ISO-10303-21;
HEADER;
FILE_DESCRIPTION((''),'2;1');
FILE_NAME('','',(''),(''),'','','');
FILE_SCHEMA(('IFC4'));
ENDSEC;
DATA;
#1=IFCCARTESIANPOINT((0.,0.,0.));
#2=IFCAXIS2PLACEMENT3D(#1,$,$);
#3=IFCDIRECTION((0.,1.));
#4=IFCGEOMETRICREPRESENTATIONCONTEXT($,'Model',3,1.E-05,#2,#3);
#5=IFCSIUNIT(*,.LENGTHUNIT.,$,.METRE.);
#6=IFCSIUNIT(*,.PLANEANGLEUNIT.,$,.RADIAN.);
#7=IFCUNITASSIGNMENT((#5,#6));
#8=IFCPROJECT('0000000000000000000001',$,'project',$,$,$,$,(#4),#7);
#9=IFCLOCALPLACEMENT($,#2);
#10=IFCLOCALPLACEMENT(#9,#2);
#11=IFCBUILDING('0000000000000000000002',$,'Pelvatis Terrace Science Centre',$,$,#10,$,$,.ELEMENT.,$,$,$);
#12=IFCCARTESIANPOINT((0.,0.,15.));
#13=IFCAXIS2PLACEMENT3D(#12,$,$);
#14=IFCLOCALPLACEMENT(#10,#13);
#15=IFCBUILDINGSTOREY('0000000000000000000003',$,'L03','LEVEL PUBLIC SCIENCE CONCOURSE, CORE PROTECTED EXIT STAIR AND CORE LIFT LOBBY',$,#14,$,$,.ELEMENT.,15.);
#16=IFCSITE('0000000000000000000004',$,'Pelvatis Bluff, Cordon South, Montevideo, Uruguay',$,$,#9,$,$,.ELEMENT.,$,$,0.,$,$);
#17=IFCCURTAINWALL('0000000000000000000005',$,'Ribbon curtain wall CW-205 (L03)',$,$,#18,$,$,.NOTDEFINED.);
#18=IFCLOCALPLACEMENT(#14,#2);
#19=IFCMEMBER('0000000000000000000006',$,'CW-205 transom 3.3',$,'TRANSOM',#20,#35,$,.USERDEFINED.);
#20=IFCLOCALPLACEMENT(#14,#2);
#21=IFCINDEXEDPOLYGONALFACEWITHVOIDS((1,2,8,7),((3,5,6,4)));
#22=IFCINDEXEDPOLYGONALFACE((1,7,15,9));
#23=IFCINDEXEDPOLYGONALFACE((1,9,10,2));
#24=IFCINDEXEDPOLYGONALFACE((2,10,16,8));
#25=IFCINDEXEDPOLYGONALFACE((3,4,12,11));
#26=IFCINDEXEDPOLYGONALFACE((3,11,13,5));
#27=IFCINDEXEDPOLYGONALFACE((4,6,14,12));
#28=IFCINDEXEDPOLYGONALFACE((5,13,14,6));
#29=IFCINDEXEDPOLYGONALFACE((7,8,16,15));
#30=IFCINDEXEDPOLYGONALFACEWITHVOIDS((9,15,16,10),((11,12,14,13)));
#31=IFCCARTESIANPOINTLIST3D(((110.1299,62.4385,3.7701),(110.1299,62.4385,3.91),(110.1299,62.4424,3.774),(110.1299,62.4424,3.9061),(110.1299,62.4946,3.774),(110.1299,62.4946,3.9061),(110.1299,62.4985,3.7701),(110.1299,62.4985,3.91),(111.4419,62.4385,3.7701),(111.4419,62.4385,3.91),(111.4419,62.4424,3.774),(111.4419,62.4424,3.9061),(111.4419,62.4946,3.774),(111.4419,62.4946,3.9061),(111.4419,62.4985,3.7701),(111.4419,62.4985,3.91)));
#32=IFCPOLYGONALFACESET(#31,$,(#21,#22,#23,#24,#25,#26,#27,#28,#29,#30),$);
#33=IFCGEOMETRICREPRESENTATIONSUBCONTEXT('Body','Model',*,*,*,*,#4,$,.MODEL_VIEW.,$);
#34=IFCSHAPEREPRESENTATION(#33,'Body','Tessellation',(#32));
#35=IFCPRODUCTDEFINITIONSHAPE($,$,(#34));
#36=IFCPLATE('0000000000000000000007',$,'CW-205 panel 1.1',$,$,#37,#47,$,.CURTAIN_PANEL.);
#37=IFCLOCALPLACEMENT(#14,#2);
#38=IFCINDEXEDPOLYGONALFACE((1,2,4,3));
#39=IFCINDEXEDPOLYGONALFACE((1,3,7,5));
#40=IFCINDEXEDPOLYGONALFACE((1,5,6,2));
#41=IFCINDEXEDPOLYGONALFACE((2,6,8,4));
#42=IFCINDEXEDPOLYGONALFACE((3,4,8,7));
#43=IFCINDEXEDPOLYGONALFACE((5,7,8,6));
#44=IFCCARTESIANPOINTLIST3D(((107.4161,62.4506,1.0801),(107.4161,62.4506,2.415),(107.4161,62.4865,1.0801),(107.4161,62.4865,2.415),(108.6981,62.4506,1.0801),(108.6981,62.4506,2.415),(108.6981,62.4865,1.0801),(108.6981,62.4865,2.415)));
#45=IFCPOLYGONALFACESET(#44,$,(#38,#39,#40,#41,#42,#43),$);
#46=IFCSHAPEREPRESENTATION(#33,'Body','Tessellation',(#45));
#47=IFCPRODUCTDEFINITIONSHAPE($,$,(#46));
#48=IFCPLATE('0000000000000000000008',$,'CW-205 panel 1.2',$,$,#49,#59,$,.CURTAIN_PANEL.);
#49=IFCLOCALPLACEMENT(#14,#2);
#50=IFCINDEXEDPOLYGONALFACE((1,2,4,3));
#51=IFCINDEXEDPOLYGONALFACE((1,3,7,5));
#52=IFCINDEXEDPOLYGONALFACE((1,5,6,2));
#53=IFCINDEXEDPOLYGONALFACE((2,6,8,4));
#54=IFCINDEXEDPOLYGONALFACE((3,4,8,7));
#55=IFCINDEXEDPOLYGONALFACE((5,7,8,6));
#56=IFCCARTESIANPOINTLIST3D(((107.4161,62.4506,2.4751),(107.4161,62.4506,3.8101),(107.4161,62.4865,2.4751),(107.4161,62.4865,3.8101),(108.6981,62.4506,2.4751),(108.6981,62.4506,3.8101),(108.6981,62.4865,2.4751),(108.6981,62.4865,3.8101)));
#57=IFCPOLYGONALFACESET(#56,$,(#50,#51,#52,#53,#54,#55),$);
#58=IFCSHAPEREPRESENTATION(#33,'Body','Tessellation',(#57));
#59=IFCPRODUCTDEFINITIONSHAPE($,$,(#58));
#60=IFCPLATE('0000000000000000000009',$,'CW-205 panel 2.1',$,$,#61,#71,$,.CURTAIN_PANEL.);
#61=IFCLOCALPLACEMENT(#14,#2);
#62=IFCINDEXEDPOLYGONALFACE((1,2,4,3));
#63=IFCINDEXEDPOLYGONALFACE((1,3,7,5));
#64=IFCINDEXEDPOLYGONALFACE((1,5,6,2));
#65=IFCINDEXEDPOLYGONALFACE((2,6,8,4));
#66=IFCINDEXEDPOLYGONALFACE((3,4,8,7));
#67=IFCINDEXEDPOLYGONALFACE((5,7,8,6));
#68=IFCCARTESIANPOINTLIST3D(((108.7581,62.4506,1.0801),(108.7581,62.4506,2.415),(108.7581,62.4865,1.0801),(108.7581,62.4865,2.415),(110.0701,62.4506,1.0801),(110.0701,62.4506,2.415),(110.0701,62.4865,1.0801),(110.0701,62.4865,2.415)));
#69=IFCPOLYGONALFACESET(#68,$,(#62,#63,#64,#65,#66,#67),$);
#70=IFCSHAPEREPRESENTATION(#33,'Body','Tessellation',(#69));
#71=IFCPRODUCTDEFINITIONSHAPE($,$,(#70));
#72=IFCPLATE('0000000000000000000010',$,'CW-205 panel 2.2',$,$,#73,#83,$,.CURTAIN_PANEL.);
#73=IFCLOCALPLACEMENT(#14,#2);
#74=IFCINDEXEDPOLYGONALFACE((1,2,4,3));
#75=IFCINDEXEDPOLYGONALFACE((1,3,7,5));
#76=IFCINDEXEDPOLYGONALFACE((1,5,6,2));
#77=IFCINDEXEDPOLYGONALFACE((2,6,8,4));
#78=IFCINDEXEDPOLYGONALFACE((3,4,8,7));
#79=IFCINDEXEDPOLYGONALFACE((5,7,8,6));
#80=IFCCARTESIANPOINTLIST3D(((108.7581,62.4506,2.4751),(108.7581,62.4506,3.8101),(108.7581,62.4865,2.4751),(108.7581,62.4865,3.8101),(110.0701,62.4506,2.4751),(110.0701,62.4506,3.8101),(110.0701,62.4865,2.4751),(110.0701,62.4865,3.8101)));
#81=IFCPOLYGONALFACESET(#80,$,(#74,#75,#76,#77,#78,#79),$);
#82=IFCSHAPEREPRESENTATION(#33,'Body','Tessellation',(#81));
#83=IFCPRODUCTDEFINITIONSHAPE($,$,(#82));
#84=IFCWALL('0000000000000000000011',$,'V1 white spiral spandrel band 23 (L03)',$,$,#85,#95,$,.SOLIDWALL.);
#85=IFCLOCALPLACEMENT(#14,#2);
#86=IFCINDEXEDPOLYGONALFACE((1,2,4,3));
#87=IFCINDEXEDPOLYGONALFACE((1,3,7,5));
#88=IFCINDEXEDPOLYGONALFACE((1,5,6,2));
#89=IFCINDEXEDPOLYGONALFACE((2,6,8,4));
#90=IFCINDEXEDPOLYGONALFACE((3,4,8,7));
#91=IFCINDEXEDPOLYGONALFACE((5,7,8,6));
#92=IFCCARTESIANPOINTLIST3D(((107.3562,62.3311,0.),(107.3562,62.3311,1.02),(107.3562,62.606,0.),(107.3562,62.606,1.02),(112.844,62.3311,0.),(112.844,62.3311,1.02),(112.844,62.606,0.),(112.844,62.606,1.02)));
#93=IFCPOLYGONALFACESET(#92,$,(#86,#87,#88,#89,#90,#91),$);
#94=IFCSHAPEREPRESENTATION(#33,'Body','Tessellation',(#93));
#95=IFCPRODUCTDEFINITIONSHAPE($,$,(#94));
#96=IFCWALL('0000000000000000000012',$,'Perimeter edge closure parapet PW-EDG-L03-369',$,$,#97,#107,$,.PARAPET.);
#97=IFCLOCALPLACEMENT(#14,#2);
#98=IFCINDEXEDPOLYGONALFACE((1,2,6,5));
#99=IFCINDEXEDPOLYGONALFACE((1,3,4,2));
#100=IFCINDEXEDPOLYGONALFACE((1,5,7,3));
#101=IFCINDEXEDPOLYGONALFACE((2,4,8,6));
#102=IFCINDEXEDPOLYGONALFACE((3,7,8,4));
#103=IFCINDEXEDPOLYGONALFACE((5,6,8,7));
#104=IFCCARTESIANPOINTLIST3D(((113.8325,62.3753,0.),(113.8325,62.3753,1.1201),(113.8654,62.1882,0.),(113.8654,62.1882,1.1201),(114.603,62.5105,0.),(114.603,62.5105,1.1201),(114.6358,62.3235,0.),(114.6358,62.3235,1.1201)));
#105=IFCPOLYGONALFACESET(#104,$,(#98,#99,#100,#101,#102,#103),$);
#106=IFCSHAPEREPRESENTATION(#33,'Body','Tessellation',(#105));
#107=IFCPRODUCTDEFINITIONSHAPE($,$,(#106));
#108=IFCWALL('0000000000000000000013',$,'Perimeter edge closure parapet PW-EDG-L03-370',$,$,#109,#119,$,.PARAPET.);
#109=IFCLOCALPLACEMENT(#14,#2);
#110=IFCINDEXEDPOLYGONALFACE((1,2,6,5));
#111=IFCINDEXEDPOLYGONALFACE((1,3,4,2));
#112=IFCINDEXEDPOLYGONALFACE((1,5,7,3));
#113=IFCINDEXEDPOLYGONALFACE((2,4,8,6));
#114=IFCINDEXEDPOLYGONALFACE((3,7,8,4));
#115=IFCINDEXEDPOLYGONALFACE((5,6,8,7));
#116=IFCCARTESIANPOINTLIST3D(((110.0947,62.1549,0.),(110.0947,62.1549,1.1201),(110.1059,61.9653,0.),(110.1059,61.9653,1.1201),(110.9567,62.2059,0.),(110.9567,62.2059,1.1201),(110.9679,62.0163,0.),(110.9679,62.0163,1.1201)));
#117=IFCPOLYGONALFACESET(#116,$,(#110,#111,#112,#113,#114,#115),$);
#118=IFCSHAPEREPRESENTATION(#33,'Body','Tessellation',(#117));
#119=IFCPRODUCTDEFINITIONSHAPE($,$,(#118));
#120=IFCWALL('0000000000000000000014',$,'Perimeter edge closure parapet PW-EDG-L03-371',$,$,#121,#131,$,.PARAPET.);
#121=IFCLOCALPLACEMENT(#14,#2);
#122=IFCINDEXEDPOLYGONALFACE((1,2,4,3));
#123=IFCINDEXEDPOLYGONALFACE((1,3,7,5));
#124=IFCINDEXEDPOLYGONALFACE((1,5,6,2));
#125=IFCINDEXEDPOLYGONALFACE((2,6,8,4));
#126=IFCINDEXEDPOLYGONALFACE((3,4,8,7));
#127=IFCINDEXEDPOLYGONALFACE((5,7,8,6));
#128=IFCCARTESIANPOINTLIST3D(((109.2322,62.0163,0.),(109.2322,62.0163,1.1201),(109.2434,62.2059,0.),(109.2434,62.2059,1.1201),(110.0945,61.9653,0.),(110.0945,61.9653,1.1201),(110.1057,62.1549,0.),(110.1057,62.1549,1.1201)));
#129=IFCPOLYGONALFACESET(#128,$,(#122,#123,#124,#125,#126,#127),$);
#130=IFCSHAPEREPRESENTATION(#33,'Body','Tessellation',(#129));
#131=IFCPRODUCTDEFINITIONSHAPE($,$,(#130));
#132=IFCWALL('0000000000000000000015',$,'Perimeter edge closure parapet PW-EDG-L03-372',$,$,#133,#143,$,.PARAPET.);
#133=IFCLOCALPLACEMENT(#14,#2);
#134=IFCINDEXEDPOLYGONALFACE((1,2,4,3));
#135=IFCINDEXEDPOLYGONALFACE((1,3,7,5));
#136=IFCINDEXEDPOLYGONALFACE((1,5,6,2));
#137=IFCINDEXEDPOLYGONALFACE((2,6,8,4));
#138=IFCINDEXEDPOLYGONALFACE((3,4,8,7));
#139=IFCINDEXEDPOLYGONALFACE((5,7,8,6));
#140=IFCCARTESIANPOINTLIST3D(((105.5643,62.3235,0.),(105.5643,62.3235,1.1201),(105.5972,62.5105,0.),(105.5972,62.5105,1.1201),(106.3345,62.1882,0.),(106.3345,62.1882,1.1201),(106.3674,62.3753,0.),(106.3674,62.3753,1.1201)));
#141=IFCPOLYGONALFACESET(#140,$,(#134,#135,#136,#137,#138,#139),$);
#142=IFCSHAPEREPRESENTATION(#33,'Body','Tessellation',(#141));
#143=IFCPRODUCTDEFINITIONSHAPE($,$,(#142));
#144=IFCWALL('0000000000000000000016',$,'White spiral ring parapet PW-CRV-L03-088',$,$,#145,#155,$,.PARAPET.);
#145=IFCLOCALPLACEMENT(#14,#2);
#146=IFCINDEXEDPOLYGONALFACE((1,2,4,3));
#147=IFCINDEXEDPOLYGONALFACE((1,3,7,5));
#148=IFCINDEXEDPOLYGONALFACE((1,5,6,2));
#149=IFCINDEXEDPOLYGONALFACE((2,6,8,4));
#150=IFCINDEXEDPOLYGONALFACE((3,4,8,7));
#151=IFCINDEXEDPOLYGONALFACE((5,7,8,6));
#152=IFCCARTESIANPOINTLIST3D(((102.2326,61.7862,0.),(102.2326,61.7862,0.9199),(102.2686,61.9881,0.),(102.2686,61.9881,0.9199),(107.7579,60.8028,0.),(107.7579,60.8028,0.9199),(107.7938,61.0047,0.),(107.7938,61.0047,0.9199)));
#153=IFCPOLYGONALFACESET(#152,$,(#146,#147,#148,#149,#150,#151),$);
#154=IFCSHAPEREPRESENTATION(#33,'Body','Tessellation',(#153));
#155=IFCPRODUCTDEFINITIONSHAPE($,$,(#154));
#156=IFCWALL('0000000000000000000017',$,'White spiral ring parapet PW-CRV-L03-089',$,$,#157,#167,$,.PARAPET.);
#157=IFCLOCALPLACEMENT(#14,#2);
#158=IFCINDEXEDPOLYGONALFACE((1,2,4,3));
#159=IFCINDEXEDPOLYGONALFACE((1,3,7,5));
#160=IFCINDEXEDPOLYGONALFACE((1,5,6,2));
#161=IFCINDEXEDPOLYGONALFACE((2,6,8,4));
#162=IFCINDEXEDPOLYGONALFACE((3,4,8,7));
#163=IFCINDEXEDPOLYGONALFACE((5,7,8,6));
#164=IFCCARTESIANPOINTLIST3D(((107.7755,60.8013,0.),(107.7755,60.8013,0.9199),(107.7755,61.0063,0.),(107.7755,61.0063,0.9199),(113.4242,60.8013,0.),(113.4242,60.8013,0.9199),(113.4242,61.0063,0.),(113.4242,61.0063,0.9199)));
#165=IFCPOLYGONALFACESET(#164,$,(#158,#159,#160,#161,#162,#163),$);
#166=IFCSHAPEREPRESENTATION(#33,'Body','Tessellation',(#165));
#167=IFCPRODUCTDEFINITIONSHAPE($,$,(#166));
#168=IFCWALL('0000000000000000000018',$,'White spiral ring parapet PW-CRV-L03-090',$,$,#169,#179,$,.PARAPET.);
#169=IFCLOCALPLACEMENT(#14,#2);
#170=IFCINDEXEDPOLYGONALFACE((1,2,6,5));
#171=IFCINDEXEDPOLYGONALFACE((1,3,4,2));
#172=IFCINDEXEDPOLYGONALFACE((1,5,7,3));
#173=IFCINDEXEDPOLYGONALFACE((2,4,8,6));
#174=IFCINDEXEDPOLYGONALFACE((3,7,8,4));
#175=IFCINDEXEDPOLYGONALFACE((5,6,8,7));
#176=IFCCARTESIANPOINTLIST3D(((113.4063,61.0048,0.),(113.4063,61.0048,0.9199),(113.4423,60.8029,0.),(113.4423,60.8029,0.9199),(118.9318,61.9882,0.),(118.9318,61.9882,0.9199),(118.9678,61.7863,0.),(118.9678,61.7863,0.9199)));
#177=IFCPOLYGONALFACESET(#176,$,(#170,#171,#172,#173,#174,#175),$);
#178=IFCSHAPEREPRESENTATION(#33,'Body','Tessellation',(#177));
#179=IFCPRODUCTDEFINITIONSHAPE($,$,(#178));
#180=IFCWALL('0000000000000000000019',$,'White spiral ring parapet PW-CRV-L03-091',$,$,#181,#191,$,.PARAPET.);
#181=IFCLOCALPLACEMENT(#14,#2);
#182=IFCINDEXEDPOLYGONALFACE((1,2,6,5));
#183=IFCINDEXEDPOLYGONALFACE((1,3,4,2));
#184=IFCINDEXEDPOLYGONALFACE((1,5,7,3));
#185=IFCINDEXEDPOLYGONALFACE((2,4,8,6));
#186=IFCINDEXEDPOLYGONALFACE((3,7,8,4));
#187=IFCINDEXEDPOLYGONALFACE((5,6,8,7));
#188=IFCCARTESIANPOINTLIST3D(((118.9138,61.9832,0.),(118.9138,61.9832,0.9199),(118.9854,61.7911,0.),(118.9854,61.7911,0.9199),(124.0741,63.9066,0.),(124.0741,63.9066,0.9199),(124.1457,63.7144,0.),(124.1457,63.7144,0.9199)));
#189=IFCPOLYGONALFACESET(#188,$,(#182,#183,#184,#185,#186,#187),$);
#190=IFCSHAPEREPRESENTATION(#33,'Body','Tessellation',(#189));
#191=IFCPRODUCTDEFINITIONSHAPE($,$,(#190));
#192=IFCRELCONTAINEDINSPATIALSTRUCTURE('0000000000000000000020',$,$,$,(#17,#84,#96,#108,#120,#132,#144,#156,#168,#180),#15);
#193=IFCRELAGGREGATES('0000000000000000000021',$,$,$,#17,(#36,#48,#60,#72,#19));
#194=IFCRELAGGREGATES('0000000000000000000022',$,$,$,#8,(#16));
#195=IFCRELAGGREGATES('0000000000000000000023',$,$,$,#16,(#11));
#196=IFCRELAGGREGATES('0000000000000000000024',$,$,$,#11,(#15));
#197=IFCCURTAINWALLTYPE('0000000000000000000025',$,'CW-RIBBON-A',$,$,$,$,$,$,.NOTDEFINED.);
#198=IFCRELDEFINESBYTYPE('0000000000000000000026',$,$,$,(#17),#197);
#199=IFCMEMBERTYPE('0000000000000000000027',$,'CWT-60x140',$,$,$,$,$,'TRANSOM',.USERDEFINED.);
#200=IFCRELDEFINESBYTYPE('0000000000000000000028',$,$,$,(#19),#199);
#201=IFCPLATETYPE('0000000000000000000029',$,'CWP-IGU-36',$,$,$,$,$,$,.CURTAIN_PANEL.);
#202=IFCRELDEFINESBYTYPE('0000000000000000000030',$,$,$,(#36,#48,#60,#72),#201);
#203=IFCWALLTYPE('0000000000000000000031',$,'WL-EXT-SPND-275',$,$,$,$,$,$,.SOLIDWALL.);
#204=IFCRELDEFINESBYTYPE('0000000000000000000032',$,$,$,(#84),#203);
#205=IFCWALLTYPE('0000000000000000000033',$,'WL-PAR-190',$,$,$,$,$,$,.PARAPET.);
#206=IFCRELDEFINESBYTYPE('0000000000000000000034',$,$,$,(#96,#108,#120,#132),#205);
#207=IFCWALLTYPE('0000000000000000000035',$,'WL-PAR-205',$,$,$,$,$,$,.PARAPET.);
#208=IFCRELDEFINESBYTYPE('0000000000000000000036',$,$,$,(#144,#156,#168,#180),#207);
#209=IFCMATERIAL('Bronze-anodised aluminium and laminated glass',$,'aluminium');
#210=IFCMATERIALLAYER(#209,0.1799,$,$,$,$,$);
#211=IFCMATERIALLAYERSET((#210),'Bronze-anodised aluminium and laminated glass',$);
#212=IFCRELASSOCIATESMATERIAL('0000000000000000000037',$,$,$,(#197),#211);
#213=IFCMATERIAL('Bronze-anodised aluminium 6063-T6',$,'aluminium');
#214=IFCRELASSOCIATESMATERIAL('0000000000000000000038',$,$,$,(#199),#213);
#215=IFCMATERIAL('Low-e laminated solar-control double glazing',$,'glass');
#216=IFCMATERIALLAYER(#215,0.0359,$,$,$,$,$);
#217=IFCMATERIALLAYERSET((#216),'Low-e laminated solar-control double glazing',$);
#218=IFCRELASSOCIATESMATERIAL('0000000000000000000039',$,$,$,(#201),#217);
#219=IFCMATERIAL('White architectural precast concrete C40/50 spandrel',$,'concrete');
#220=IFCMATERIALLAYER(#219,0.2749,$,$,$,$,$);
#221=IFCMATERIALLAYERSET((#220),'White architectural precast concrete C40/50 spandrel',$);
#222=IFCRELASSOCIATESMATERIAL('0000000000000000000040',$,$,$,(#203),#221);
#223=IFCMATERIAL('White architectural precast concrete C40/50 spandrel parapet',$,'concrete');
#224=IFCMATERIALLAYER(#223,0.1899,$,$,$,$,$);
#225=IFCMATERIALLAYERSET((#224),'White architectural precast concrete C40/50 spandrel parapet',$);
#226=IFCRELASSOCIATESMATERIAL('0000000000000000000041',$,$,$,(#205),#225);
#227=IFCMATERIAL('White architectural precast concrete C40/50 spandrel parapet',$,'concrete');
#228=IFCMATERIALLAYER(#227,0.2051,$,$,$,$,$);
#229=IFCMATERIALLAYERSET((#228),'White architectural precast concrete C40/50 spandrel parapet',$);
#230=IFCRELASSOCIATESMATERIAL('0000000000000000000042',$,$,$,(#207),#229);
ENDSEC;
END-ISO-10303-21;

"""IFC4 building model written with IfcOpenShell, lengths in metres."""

from ifc_helpers import new_model, si_unit, direction, frame, frame_2d, origin, origin_2d, place, context, subcontext, project, spatial, rectangle, hollow_rectangle, extrude, material, layer, layer_set, material_profile, profile_set, type_object, element, aggregate, save


model = new_model("IFC4")

# Units and contexts
model_context = context("Model", 3, precision=1e-05, world=origin(), true_north=direction((0.0, 1.0)))
body_context = subcontext(model_context, "Body", "Model", "MODEL_VIEW")
ifc_project = project(units=[si_unit("LENGTHUNIT", "METRE"), si_unit("PLANEANGLEUNIT", "RADIAN")], contexts=[model_context])

# Site, building, storey
site_placement = place(None, origin())
site = spatial("IfcSite", under=ifc_project, at=site_placement, Name="Pelvatis Bluff, Cordon South, Montevideo, Uruguay", CompositionType="ELEMENT", RefElevation=0.0)
building_placement = place(site_placement, origin())
building = spatial("IfcBuilding", under=site, at=building_placement, Name="Pelvatis Terrace Science Centre", CompositionType="ELEMENT")
storey_placement = place(building_placement, frame((0.0, 0.0, 15.0)))
storey = spatial("IfcBuildingStorey", under=building, at=storey_placement, Name="L03", Description="LEVEL PUBLIC SCIENCE CONCOURSE, CORE PROTECTED EXIT STAIR AND CORE LIFT LOBBY", CompositionType="ELEMENT", Elevation=15.0)

# Curtain wall, member, plates
ifc_material_1 = material(Name="Bronze-anodised aluminium and laminated glass", Category="aluminium")
ifc_layer_1 = layer(ifc_material_1, 0.1799)
ifc_layer_set_1 = layer_set([ifc_layer_1], Name="Bronze-anodised aluminium and laminated glass")
curtain_wall_type = type_object("IfcCurtainWallType", Name="CW-RIBBON-A", PredefinedType="NOTDEFINED", material=ifc_layer_set_1)
curtain_wall_placement = place(storey_placement, origin())
curtain_wall = element("IfcCurtainWall", 1, at=curtain_wall_placement, inside=storey, type_object=curtain_wall_type, Name="Ribbon curtain wall CW-205 (L03)", PredefinedType="NOTDEFINED")
ifc_material_2 = material(Name="Bronze-anodised aluminium 6063-T6", Category="aluminium")
ifc_material_profile_1 = material_profile(ifc_material_2, hollow_rectangle(XDim=0.0601, YDim=0.1399, WallThickness=0.0039, at=origin_2d()), Name="ALU-TRN 60x140")
ifc_profile_set_1 = profile_set([ifc_material_profile_1], Name="Bronze-anodised aluminium 6063-T6")
member_type_1 = type_object("IfcMemberType", Name="CWT-60x140", ElementType="TRANSOM", PredefinedType="USERDEFINED", material=ifc_profile_set_1)
member_1_placement = place(storey_placement, frame((110.1299, 62.4685, 3.8401), z_axis=(1.0, 0.0, 0.0), x_axis=(0.0, 1.0, 0.0)))
member_1 = element("IfcMember", 2, at=member_1_placement, type_object=member_type_1, Name="CW-205 transom 3.3", ObjectType="TRANSOM", PredefinedType="USERDEFINED", context=body_context, shape_type="SweptSolid", body=[
    extrude(hollow_rectangle(XDim=0.0601, YDim=0.1399, WallThickness=0.0039, at=origin_2d()), origin(), (0.0, 0.0, 1.0), 1.312),
])
ifc_material_3 = material(Name="Low-e laminated solar-control double glazing", Category="glass")
ifc_layer_2 = layer(ifc_material_3, 0.0359)
ifc_layer_set_2 = layer_set([ifc_layer_2], Name="Low-e laminated solar-control double glazing")
plate_type = type_object("IfcPlateType", Name="CWP-IGU-36", PredefinedType="CURTAIN_PANEL", material=ifc_layer_set_2)
plate_1_placement = place(storey_placement, frame((108.0571, 62.4685, 1.0801), z_axis=(0.0, 0.0, 1.0), x_axis=(1.0, 0.0, 0.0)))
plate_1 = element("IfcPlate", 3, at=plate_1_placement, type_object=plate_type, Name="CW-205 panel 1.1", PredefinedType="CURTAIN_PANEL", context=body_context, shape_type="SweptSolid", body=[
    extrude(rectangle(XDim=1.282, YDim=0.0359, at=origin_2d()), origin(), (0.0, 0.0, 1.0), 1.335),
])
plate_2_placement = place(storey_placement, frame((108.0571, 62.4685, 2.4751), z_axis=(0.0, 0.0, 1.0), x_axis=(1.0, 0.0, 0.0)))
plate_2 = element("IfcPlate", 4, at=plate_2_placement, type_object=plate_type, Name="CW-205 panel 1.2", PredefinedType="CURTAIN_PANEL", context=body_context, shape_type="SweptSolid", body=[
    extrude(rectangle(XDim=1.282, YDim=0.0359, at=origin_2d()), origin(), (0.0, 0.0, 1.0), 1.335),
])
plate_3_placement = place(storey_placement, frame((109.4141, 62.4685, 1.0801), z_axis=(0.0, 0.0, 1.0), x_axis=(1.0, 0.0, 0.0)))
plate_3 = element("IfcPlate", 5, at=plate_3_placement, type_object=plate_type, Name="CW-205 panel 2.1", PredefinedType="CURTAIN_PANEL", context=body_context, shape_type="SweptSolid", body=[
    extrude(rectangle(XDim=1.312, YDim=0.0359, at=origin_2d()), origin(), (0.0, 0.0, 1.0), 1.335),
])
plate_4_placement = place(storey_placement, frame((109.4141, 62.4685, 2.4751), z_axis=(0.0, 0.0, 1.0), x_axis=(1.0, 0.0, 0.0)))
plate_4 = element("IfcPlate", 6, at=plate_4_placement, type_object=plate_type, Name="CW-205 panel 2.2", PredefinedType="CURTAIN_PANEL", context=body_context, shape_type="SweptSolid", body=[
    extrude(rectangle(XDim=1.312, YDim=0.0359, at=origin_2d()), origin(), (0.0, 0.0, 1.0), 1.335),
])
aggregate(curtain_wall, [plate_1, plate_2, plate_3, plate_4, member_1])

# Walls
ifc_material_4 = material(Name="White architectural precast concrete C40/50 spandrel", Category="concrete")
ifc_layer_3 = layer(ifc_material_4, 0.2749)
ifc_layer_set_3 = layer_set([ifc_layer_3], Name="White architectural precast concrete C40/50 spandrel")
wall_type_1 = type_object("IfcWallType", Name="WL-EXT-SPND-275", PredefinedType="SOLIDWALL", material=ifc_layer_set_3)
wall_1_placement = place(storey_placement, frame((107.3562, 62.4685, 0.0), z_axis=(0.0, 0.0, 1.0), x_axis=(1.0, 0.0, 0.0)))
element("IfcWall", 7, at=wall_1_placement, inside=storey, type_object=wall_type_1, Name="V1 white spiral spandrel band 23 (L03)", PredefinedType="SOLIDWALL", context=body_context, shape_type="SweptSolid", body=[
    extrude(rectangle(XDim=5.4878, YDim=0.2749, at=frame_2d((2.7439, 0.0))), origin(), (0.0, 0.0, 1.0), 1.02),
])
ifc_material_5 = material(Name="White architectural precast concrete C40/50 spandrel parapet", Category="concrete")
ifc_layer_4 = layer(ifc_material_5, 0.1899)
ifc_layer_set_4 = layer_set([ifc_layer_4], Name="White architectural precast concrete C40/50 spandrel parapet")
wall_type_2 = type_object("IfcWallType", Name="WL-PAR-190", PredefinedType="PARAPET", material=ifc_layer_set_4)
wall_2_placement = place(storey_placement, frame((114.6194, 62.417, 0.0), z_axis=(0.0, 0.0, 1.0), x_axis=(-0.98494, -0.172895, 0.0)))
element("IfcWall", 8, at=wall_2_placement, inside=storey, type_object=wall_type_2, Name="Perimeter edge closure parapet PW-EDG-L03-369", PredefinedType="PARAPET", context=body_context, shape_type="SweptSolid", body=[
    extrude(rectangle(XDim=0.7822, YDim=0.1899, at=frame_2d((0.3911, 0.0))), origin(), (0.0, 0.0, 1.0), 1.1201),
])
wall_3_placement = place(storey_placement, frame((110.9622, 62.1111, 0.0), z_axis=(0.0, 0.0, 1.0), x_axis=(-0.998253, -0.059087, 0.0)))
element("IfcWall", 9, at=wall_3_placement, inside=storey, type_object=wall_type_2, Name="Perimeter edge closure parapet PW-EDG-L03-370", PredefinedType="PARAPET", context=body_context, shape_type="SweptSolid", body=[
    extrude(rectangle(XDim=0.8635, YDim=0.1899, at=frame_2d((0.4316, 0.0))), origin(), (0.0, 0.0, 1.0), 1.1201),
])
wall_4_placement = place(storey_placement, frame((110.1001, 62.0601, 0.0), z_axis=(0.0, 0.0, 1.0), x_axis=(-0.998254, 0.05907, 0.0)))
element("IfcWall", 10, at=wall_4_placement, inside=storey, type_object=wall_type_2, Name="Perimeter edge closure parapet PW-EDG-L03-371", PredefinedType="PARAPET", context=body_context, shape_type="SweptSolid", body=[
    extrude(rectangle(XDim=0.8638, YDim=0.1899, at=frame_2d((0.4319, 0.0))), origin(), (0.0, 0.0, 1.0), 1.1201),
])
wall_5_placement = place(storey_placement, frame((106.3511, 62.2817, 0.0), z_axis=(0.0, 0.0, 1.0), x_axis=(-0.984931, 0.172948, 0.0)))
element("IfcWall", 11, at=wall_5_placement, inside=storey, type_object=wall_type_2, Name="Perimeter edge closure parapet PW-EDG-L03-372", PredefinedType="PARAPET", context=body_context, shape_type="SweptSolid", body=[
    extrude(rectangle(XDim=0.782, YDim=0.1899, at=frame_2d((0.3911, 0.0))), origin(), (0.0, 0.0, 1.0), 1.1201),
])
ifc_material_6 = material(Name="White architectural precast concrete C40/50 spandrel parapet", Category="concrete")
ifc_layer_5 = layer(ifc_material_6, 0.2051)
ifc_layer_set_5 = layer_set([ifc_layer_5], Name="White architectural precast concrete C40/50 spandrel parapet")
wall_type_3 = type_object("IfcWallType", Name="WL-PAR-205", PredefinedType="PARAPET", material=ifc_layer_set_5)
wall_6_placement = place(storey_placement, frame((102.2505, 61.8872, 0.0), z_axis=(0.0, 0.0, 1.0), x_axis=(0.984527, -0.175232, 0.0)))
element("IfcWall", 12, at=wall_6_placement, inside=storey, type_object=wall_type_3, Name="White spiral ring parapet PW-CRV-L03-088", PredefinedType="PARAPET", context=body_context, shape_type="SweptSolid", body=[
    extrude(rectangle(XDim=5.6121, YDim=0.2051, at=frame_2d((2.8062, 0.0))), origin(), (0.0, 0.0, 1.0), 0.9199),
])
wall_7_placement = place(storey_placement, frame((107.7756, 60.9038, 0.0), z_axis=(0.0, 0.0, 1.0), x_axis=(1.0, 0.0, 0.0)))
element("IfcWall", 13, at=wall_7_placement, inside=storey, type_object=wall_type_3, Name="White spiral ring parapet PW-CRV-L03-089", PredefinedType="PARAPET", context=body_context, shape_type="SweptSolid", body=[
    extrude(rectangle(XDim=5.6487, YDim=0.2051, at=frame_2d((2.8242, 0.0))), origin(), (0.0, 0.0, 1.0), 0.9199),
])
wall_8_placement = place(storey_placement, frame((113.4243, 60.9038, 0.0), z_axis=(0.0, 0.0, 1.0), x_axis=(0.984529, 0.175224, 0.0)))
element("IfcWall", 14, at=wall_8_placement, inside=storey, type_object=wall_type_3, Name="White spiral ring parapet PW-CRV-L03-090", PredefinedType="PARAPET", context=body_context, shape_type="SweptSolid", body=[
    extrude(rectangle(XDim=5.6123, YDim=0.2051, at=frame_2d((2.8062, 0.0))), origin(), (0.0, 0.0, 1.0), 0.9199),
])
wall_9_placement = place(storey_placement, frame((118.9497, 61.8872, 0.0), z_axis=(0.0, 0.0, 1.0), x_axis=(0.937032, 0.349243, 0.0)))
element("IfcWall", 15, at=wall_9_placement, inside=storey, type_object=wall_type_3, Name="White spiral ring parapet PW-CRV-L03-091", PredefinedType="PARAPET", context=body_context, shape_type="SweptSolid", body=[
    extrude(rectangle(XDim=5.5071, YDim=0.2051, at=frame_2d((2.7534, 0.0))), origin(), (0.0, 0.0, 1.0), 0.9199),
])

save(model, "model.ifc")
